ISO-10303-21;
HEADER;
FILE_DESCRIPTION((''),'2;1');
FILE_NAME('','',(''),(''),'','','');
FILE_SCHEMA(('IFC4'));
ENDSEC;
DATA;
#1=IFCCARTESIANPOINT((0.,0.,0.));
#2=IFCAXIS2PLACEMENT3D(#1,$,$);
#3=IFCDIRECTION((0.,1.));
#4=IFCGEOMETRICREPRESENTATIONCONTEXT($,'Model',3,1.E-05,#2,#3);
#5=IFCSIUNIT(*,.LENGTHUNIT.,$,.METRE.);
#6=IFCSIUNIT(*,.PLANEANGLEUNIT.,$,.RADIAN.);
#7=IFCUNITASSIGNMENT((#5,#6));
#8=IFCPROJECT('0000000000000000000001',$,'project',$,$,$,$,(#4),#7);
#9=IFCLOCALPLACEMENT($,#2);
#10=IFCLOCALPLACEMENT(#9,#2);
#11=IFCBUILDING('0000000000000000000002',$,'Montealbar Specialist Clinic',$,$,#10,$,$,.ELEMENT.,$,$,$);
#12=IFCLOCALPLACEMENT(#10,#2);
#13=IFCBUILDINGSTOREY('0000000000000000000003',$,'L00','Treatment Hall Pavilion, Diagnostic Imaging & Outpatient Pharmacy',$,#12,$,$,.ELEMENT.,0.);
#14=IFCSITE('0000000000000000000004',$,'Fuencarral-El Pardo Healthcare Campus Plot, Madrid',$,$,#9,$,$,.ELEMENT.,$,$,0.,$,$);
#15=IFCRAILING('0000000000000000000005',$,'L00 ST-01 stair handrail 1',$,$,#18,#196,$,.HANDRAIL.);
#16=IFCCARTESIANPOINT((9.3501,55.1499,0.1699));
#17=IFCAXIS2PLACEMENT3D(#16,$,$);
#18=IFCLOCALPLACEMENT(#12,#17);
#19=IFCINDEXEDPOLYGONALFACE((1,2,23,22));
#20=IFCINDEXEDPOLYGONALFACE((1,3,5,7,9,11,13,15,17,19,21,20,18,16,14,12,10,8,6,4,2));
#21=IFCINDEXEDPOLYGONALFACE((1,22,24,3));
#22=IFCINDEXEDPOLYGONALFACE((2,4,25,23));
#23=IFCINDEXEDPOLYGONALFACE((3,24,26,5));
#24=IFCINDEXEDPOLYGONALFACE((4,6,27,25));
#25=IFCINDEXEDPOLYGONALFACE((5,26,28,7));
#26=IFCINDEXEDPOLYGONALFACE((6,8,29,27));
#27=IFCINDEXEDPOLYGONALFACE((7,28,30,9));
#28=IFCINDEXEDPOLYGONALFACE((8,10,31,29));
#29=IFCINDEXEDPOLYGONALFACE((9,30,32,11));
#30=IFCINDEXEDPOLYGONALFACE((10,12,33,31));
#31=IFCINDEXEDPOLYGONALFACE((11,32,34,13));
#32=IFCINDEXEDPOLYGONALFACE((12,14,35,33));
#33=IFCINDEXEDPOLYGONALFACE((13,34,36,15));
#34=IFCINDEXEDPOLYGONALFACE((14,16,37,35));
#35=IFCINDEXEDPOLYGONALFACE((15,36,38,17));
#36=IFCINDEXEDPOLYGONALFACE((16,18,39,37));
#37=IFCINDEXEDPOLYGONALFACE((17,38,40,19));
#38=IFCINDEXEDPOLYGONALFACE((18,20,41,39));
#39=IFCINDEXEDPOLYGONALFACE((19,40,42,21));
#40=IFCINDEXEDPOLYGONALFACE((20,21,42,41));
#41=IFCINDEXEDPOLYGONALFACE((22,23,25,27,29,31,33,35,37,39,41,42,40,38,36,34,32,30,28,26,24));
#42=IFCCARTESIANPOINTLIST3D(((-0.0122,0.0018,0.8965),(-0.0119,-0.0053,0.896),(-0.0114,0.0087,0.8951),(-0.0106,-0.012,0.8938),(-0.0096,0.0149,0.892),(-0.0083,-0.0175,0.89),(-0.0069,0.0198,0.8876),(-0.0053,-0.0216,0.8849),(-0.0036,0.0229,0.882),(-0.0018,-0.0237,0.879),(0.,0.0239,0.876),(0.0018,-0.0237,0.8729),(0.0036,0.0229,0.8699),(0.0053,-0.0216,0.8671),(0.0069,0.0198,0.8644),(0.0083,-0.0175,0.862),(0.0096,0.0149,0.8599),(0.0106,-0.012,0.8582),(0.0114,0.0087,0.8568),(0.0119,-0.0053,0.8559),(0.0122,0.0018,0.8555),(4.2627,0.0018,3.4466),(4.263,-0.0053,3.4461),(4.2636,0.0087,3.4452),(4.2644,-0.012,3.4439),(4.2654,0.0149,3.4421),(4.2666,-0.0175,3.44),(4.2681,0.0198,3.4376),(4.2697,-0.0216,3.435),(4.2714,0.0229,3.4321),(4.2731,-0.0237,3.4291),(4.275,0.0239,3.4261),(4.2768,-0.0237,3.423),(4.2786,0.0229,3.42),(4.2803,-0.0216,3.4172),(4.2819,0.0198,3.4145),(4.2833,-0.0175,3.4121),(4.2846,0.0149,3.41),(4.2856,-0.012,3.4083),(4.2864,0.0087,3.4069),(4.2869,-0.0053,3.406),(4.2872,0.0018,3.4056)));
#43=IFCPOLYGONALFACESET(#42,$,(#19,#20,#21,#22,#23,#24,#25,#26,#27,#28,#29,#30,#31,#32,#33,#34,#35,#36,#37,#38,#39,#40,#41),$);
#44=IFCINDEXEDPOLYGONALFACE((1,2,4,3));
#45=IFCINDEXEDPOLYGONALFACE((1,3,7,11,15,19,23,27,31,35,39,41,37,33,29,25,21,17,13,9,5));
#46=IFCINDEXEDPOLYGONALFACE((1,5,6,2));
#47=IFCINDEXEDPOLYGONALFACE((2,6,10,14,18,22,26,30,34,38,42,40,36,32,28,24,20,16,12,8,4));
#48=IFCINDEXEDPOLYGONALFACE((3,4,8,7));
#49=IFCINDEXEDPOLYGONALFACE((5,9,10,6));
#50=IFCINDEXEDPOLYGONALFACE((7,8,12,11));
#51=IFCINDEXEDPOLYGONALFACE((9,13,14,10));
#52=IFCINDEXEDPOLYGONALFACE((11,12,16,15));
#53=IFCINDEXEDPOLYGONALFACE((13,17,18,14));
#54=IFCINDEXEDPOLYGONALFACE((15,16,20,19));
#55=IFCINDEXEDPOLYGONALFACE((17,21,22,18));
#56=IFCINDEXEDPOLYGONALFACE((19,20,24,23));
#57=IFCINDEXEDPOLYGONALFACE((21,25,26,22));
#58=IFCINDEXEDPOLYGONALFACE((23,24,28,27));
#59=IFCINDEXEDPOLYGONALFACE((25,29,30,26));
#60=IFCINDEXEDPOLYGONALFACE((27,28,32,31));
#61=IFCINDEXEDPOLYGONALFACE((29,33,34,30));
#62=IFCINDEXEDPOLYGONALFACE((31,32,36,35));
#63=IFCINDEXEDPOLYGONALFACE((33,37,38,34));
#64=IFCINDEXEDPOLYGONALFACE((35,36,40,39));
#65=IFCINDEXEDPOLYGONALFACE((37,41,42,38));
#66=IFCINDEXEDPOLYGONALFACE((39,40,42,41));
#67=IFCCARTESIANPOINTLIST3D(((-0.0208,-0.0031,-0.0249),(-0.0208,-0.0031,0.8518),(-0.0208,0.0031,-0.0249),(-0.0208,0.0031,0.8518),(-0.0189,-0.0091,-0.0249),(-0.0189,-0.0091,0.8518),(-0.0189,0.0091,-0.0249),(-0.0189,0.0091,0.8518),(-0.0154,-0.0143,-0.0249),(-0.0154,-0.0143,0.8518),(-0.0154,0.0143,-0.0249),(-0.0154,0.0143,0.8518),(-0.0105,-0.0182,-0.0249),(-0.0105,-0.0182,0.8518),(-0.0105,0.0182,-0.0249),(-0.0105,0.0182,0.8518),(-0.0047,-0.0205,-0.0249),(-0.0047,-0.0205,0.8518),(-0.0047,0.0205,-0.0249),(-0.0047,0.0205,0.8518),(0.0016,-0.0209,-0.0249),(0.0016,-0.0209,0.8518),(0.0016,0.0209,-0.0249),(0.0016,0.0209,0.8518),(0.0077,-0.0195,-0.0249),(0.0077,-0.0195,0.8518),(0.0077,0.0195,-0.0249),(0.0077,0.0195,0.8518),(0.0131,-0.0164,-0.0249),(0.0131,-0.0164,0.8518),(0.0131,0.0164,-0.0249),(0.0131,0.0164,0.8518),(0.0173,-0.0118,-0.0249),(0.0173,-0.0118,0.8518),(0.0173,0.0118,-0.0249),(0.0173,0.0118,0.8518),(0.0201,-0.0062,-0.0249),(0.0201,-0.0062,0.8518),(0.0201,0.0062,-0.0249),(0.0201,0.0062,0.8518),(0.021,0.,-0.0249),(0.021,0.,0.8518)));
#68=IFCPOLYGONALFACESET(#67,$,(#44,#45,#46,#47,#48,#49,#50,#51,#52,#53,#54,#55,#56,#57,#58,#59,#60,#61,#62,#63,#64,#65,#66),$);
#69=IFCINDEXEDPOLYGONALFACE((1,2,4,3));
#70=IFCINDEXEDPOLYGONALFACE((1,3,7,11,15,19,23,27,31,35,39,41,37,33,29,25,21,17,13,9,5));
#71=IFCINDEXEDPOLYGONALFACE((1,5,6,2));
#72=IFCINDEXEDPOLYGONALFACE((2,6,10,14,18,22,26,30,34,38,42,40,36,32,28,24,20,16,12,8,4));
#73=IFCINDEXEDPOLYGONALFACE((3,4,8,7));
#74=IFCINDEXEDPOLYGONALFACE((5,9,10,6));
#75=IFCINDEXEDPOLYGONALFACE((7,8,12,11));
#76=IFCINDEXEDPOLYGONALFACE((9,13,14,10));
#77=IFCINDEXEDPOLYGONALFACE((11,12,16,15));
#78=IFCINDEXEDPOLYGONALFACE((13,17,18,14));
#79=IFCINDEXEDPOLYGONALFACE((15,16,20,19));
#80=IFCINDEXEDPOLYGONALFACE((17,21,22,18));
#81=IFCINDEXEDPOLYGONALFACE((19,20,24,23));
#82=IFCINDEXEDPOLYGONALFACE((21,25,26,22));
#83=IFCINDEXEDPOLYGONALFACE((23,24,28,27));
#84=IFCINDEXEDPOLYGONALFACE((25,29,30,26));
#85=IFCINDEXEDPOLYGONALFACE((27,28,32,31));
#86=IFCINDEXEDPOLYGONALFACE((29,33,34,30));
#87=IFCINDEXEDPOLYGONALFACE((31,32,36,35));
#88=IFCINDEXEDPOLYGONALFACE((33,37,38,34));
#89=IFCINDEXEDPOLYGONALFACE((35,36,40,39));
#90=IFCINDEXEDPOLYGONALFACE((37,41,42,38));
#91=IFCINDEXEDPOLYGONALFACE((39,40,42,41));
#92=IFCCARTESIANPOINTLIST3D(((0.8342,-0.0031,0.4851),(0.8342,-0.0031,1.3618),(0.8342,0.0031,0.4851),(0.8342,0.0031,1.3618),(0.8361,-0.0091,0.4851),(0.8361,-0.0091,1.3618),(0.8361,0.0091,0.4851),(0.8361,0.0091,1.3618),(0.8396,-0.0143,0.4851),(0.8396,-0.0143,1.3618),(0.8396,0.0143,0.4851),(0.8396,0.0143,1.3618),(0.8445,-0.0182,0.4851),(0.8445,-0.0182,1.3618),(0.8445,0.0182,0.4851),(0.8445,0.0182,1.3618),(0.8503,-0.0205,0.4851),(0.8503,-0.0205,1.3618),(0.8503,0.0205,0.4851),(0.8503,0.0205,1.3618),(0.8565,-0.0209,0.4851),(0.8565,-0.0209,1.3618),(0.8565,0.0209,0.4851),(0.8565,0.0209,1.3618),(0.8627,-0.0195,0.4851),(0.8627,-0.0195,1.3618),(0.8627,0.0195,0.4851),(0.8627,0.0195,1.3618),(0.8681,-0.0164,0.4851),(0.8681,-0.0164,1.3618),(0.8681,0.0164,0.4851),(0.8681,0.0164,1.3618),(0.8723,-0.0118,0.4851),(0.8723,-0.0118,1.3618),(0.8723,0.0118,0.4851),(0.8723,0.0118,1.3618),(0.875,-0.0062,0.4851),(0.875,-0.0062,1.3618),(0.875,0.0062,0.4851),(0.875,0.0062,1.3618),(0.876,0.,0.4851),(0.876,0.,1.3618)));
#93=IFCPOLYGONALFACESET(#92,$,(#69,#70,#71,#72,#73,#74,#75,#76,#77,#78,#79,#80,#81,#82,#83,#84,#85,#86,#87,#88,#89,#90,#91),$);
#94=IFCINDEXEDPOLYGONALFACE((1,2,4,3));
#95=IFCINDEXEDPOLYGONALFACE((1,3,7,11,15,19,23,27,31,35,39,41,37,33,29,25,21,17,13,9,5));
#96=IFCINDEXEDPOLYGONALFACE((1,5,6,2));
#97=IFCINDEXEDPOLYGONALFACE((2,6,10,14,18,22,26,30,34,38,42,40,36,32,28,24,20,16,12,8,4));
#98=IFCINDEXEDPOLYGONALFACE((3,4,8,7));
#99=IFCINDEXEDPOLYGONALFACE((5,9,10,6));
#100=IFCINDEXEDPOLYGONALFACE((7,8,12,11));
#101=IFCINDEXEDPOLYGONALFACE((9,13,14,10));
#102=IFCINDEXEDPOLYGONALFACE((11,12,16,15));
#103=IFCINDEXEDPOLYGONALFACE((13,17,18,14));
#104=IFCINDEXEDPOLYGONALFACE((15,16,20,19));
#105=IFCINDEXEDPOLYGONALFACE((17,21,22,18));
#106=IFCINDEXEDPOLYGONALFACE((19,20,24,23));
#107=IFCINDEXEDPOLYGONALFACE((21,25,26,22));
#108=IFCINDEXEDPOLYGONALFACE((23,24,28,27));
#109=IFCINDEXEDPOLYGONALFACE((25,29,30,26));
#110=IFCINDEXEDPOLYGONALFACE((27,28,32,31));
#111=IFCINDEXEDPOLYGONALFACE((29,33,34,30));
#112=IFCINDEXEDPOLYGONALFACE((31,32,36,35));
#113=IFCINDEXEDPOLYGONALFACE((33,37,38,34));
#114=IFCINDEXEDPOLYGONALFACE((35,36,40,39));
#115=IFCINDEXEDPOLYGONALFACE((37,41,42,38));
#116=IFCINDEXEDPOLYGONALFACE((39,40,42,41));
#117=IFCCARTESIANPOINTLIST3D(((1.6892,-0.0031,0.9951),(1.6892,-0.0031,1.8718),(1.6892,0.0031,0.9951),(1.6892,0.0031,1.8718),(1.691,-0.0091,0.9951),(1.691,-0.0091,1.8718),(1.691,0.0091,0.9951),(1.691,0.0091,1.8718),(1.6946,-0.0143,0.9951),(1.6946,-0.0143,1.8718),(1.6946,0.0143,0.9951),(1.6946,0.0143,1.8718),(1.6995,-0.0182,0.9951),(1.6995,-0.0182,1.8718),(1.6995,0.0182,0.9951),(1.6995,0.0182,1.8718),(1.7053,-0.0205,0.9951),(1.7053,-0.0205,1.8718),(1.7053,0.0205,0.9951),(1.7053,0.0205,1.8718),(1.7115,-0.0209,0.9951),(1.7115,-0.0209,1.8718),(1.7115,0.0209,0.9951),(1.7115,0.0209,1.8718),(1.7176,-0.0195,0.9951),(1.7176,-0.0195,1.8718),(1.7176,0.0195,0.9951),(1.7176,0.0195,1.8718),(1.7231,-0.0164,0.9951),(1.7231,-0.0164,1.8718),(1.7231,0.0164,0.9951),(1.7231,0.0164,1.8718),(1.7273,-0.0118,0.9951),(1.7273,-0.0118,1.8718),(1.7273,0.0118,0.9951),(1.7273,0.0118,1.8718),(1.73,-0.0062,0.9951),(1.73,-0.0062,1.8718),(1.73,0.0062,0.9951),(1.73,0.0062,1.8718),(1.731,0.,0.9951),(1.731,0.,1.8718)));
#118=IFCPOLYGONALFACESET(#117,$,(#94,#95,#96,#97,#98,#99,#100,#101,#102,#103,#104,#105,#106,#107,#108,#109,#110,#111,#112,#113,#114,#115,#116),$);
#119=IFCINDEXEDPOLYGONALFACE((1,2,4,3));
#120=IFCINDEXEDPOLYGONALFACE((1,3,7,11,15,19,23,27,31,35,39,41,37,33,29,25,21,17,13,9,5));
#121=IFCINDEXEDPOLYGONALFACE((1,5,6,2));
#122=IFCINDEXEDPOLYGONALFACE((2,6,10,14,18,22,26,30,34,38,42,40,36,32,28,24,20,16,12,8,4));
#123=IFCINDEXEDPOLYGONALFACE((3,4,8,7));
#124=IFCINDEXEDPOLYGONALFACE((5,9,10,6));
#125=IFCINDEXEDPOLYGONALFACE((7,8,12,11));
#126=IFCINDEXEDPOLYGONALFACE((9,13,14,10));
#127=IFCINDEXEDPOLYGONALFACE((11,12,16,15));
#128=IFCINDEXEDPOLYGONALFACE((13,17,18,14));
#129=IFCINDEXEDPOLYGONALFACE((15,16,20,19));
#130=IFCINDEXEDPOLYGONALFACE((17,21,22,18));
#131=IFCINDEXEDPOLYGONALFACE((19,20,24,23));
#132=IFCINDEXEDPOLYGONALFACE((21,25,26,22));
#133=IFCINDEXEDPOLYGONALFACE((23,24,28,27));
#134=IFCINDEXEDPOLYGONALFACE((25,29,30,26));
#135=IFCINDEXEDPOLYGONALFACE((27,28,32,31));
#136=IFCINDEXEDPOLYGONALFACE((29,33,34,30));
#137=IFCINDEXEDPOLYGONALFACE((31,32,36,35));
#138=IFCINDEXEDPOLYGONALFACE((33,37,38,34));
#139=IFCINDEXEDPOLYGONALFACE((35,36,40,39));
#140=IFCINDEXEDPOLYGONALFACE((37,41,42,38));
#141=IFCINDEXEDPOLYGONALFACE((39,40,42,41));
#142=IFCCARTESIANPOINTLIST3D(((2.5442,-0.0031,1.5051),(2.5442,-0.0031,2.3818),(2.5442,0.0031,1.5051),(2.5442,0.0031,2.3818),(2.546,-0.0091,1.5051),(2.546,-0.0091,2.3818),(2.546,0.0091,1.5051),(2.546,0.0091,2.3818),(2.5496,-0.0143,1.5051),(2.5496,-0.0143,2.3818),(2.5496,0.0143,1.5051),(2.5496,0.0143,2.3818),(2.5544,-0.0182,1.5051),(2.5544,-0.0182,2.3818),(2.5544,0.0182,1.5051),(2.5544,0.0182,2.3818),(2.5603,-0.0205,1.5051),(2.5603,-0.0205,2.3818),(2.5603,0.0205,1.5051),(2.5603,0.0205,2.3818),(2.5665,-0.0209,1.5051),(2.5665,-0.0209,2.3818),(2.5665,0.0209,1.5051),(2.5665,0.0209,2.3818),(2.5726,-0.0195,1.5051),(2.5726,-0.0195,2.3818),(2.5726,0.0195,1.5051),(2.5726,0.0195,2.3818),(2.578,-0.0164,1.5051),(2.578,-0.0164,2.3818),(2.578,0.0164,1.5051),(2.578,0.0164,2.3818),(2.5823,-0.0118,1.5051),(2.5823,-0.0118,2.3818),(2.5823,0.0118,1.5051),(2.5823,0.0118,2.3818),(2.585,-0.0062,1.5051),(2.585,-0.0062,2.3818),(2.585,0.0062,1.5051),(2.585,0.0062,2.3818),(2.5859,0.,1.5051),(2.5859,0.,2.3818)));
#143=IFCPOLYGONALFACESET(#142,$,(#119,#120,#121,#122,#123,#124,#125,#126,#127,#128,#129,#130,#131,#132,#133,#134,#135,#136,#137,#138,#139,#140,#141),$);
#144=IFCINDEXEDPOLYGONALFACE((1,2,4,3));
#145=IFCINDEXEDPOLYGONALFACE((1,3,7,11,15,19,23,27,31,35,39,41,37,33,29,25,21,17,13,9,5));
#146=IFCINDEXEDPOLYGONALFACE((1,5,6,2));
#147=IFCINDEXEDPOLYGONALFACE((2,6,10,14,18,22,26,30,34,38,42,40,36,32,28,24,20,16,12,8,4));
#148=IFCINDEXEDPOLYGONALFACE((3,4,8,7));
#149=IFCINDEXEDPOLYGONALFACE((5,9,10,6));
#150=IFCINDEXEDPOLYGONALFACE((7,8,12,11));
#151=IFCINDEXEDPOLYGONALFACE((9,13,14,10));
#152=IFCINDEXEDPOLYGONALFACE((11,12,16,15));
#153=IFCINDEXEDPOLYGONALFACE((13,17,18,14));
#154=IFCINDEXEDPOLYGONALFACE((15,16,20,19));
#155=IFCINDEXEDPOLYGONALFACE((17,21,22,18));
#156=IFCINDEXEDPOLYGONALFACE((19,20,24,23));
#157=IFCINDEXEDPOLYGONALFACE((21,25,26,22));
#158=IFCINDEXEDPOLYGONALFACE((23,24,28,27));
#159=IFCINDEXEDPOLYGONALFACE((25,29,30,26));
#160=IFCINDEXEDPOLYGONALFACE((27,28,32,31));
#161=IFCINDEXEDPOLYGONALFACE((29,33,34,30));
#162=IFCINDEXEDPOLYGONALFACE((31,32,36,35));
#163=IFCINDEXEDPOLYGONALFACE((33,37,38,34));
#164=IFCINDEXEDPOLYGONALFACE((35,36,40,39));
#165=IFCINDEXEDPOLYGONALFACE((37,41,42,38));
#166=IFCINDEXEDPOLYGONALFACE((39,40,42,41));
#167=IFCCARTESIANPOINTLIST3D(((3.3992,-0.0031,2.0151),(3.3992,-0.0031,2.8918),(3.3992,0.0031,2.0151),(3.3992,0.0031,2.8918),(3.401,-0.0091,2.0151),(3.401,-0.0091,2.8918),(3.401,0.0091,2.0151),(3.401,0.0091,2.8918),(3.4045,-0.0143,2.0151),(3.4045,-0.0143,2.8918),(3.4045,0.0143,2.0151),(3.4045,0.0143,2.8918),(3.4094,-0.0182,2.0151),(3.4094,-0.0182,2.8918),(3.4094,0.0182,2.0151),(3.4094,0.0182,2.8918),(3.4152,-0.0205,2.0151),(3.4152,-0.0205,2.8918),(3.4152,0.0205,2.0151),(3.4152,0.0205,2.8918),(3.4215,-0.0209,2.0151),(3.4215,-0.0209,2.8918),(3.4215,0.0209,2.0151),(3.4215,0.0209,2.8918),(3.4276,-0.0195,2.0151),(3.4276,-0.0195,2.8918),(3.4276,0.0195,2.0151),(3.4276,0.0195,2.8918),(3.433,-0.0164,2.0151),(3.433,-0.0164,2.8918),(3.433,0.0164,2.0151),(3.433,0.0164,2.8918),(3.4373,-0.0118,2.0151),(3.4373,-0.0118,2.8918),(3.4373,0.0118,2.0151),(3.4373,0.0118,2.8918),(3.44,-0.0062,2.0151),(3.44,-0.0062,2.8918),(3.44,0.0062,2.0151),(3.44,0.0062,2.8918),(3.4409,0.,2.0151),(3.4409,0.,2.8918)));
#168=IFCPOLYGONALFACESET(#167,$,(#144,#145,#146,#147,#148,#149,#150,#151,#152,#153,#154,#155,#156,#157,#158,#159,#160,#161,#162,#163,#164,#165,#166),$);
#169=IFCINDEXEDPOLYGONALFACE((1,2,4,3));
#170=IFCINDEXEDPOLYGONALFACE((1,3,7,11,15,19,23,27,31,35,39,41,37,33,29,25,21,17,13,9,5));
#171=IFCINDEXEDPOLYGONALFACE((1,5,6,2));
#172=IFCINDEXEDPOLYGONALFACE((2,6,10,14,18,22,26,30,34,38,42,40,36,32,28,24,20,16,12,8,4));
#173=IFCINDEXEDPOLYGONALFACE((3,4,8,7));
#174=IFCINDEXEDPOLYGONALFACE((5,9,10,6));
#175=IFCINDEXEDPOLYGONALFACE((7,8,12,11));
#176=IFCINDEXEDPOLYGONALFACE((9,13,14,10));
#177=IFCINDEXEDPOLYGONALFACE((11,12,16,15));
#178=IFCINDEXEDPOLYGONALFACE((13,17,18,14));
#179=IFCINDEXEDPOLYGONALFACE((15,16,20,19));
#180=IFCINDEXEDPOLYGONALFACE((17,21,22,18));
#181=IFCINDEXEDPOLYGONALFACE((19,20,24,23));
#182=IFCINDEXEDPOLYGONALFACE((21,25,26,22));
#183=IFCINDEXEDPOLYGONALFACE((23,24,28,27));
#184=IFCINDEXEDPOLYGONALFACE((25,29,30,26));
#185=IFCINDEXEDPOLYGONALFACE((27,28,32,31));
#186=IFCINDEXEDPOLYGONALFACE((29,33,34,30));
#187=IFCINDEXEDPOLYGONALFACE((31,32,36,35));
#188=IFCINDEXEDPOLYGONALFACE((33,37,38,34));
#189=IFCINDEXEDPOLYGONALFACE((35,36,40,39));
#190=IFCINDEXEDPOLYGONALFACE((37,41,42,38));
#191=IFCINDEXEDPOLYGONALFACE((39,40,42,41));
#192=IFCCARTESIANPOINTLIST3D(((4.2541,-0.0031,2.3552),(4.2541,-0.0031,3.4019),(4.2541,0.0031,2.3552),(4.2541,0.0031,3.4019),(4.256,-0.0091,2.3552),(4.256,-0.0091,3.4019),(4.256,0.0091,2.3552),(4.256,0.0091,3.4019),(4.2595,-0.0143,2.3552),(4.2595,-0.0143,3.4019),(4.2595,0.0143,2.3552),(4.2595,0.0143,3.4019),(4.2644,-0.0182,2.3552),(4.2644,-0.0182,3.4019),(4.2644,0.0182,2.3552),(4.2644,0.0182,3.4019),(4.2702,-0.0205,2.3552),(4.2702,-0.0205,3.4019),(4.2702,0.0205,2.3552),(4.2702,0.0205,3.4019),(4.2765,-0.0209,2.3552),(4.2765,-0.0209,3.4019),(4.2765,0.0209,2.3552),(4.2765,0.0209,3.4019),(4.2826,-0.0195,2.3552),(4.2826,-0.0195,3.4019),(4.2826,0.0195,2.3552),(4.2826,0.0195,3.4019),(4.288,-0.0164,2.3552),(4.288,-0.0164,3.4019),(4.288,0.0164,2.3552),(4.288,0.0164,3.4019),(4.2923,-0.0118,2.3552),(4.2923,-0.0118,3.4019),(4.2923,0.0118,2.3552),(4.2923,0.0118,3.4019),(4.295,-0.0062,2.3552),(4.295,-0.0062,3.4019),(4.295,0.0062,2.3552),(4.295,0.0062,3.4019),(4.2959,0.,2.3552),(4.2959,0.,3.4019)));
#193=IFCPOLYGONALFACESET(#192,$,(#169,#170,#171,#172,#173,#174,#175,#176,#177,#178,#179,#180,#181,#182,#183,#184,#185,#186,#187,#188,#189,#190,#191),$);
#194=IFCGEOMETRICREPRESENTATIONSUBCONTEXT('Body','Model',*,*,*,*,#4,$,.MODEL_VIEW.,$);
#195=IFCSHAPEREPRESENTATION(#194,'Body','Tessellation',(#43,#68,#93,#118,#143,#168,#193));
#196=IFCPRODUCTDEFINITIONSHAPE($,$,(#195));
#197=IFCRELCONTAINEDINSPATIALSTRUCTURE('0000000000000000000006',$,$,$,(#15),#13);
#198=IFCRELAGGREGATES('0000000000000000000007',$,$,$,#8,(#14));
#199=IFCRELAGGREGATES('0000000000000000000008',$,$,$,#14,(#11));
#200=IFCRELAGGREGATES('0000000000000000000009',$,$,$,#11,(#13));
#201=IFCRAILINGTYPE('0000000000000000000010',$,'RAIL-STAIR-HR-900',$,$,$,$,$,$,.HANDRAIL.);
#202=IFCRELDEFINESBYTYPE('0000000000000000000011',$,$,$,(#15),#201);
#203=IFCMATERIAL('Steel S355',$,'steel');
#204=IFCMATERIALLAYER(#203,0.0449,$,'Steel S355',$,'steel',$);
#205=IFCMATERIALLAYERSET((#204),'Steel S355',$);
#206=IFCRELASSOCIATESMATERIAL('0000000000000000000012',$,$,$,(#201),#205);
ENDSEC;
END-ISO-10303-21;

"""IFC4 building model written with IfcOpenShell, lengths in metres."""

from ifc_helpers import new_model, si_unit, direction, frame, origin, origin_2d, place, context, subcontext, project, spatial, circle, extrude, material, layer, layer_set, type_object, element, save


model = new_model("IFC4")

# Units and contexts
model_context = context("Model", 3, precision=1e-05, world=origin(), true_north=direction((0.0, 1.0)))
body_context = subcontext(model_context, "Body", "Model", "MODEL_VIEW")
ifc_project = project(units=[si_unit("LENGTHUNIT", "METRE"), si_unit("PLANEANGLEUNIT", "RADIAN")], contexts=[model_context])

# Site, building, storey
site_placement = place(None, origin())
site = spatial("IfcSite", under=ifc_project, at=site_placement, Name="Fuencarral-El Pardo Healthcare Campus Plot, Madrid", CompositionType="ELEMENT", RefElevation=0.0)
building_placement = place(site_placement, origin())
building = spatial("IfcBuilding", under=site, at=building_placement, Name="Montealbar Specialist Clinic", CompositionType="ELEMENT")
storey_placement = place(building_placement, origin())
storey = spatial("IfcBuildingStorey", under=building, at=storey_placement, Name="L00", Description="Treatment Hall Pavilion, Diagnostic Imaging & Outpatient Pharmacy", CompositionType="ELEMENT", Elevation=0.0)

# Shared definitions
ifc_material_1 = material(Name="Steel S355", Category="steel")

# Railing
ifc_layer_1 = layer(ifc_material_1, 0.0449, Name="Steel S355", Category="steel")
ifc_layer_set_1 = layer_set([ifc_layer_1], Name="Steel S355")
railing_type_1 = type_object("IfcRailingType", Name="RAIL-STAIR-HR-900", PredefinedType="HANDRAIL", material=ifc_layer_set_1)
railing_1_placement = place(storey_placement, frame((9.3501, 55.1499, 0.1699)))
element("IfcRailing", 1, at=railing_1_placement, inside=storey, type_object=railing_type_1, Name="L00 ST-01 stair handrail 1", PredefinedType="HANDRAIL", context=body_context, shape_type="SweptSolid", body=[
    extrude(circle(Radius=0.0239, at=origin_2d()), frame((0.0, 0.0, 0.876), z_axis=(0.85881, 0.0, 0.512294), x_axis=(0.0, 1.0, 0.0)), (0.0, 0.0, 1.0), 4.9778),
    extrude(circle(Radius=0.021, at=origin_2d()), frame((0.0, 0.0, -0.0249)), (0.0, 0.0, 1.0), 0.8767),
    extrude(circle(Radius=0.021, at=origin_2d()), frame((0.855, 0.0, 0.4851)), (0.0, 0.0, 1.0), 0.8767),
    extrude(circle(Radius=0.021, at=origin_2d()), frame((1.71, 0.0, 0.9951)), (0.0, 0.0, 1.0), 0.8767),
    extrude(circle(Radius=0.021, at=origin_2d()), frame((2.5649, 0.0, 1.5051)), (0.0, 0.0, 1.0), 0.8767),
    extrude(circle(Radius=0.021, at=origin_2d()), frame((3.4199, 0.0, 2.0151)), (0.0, 0.0, 1.0), 0.8767),
    extrude(circle(Radius=0.021, at=origin_2d()), frame((4.2749, 0.0, 2.3552)), (0.0, 0.0, 1.0), 1.0466),
])

save(model, "model.ifc")
